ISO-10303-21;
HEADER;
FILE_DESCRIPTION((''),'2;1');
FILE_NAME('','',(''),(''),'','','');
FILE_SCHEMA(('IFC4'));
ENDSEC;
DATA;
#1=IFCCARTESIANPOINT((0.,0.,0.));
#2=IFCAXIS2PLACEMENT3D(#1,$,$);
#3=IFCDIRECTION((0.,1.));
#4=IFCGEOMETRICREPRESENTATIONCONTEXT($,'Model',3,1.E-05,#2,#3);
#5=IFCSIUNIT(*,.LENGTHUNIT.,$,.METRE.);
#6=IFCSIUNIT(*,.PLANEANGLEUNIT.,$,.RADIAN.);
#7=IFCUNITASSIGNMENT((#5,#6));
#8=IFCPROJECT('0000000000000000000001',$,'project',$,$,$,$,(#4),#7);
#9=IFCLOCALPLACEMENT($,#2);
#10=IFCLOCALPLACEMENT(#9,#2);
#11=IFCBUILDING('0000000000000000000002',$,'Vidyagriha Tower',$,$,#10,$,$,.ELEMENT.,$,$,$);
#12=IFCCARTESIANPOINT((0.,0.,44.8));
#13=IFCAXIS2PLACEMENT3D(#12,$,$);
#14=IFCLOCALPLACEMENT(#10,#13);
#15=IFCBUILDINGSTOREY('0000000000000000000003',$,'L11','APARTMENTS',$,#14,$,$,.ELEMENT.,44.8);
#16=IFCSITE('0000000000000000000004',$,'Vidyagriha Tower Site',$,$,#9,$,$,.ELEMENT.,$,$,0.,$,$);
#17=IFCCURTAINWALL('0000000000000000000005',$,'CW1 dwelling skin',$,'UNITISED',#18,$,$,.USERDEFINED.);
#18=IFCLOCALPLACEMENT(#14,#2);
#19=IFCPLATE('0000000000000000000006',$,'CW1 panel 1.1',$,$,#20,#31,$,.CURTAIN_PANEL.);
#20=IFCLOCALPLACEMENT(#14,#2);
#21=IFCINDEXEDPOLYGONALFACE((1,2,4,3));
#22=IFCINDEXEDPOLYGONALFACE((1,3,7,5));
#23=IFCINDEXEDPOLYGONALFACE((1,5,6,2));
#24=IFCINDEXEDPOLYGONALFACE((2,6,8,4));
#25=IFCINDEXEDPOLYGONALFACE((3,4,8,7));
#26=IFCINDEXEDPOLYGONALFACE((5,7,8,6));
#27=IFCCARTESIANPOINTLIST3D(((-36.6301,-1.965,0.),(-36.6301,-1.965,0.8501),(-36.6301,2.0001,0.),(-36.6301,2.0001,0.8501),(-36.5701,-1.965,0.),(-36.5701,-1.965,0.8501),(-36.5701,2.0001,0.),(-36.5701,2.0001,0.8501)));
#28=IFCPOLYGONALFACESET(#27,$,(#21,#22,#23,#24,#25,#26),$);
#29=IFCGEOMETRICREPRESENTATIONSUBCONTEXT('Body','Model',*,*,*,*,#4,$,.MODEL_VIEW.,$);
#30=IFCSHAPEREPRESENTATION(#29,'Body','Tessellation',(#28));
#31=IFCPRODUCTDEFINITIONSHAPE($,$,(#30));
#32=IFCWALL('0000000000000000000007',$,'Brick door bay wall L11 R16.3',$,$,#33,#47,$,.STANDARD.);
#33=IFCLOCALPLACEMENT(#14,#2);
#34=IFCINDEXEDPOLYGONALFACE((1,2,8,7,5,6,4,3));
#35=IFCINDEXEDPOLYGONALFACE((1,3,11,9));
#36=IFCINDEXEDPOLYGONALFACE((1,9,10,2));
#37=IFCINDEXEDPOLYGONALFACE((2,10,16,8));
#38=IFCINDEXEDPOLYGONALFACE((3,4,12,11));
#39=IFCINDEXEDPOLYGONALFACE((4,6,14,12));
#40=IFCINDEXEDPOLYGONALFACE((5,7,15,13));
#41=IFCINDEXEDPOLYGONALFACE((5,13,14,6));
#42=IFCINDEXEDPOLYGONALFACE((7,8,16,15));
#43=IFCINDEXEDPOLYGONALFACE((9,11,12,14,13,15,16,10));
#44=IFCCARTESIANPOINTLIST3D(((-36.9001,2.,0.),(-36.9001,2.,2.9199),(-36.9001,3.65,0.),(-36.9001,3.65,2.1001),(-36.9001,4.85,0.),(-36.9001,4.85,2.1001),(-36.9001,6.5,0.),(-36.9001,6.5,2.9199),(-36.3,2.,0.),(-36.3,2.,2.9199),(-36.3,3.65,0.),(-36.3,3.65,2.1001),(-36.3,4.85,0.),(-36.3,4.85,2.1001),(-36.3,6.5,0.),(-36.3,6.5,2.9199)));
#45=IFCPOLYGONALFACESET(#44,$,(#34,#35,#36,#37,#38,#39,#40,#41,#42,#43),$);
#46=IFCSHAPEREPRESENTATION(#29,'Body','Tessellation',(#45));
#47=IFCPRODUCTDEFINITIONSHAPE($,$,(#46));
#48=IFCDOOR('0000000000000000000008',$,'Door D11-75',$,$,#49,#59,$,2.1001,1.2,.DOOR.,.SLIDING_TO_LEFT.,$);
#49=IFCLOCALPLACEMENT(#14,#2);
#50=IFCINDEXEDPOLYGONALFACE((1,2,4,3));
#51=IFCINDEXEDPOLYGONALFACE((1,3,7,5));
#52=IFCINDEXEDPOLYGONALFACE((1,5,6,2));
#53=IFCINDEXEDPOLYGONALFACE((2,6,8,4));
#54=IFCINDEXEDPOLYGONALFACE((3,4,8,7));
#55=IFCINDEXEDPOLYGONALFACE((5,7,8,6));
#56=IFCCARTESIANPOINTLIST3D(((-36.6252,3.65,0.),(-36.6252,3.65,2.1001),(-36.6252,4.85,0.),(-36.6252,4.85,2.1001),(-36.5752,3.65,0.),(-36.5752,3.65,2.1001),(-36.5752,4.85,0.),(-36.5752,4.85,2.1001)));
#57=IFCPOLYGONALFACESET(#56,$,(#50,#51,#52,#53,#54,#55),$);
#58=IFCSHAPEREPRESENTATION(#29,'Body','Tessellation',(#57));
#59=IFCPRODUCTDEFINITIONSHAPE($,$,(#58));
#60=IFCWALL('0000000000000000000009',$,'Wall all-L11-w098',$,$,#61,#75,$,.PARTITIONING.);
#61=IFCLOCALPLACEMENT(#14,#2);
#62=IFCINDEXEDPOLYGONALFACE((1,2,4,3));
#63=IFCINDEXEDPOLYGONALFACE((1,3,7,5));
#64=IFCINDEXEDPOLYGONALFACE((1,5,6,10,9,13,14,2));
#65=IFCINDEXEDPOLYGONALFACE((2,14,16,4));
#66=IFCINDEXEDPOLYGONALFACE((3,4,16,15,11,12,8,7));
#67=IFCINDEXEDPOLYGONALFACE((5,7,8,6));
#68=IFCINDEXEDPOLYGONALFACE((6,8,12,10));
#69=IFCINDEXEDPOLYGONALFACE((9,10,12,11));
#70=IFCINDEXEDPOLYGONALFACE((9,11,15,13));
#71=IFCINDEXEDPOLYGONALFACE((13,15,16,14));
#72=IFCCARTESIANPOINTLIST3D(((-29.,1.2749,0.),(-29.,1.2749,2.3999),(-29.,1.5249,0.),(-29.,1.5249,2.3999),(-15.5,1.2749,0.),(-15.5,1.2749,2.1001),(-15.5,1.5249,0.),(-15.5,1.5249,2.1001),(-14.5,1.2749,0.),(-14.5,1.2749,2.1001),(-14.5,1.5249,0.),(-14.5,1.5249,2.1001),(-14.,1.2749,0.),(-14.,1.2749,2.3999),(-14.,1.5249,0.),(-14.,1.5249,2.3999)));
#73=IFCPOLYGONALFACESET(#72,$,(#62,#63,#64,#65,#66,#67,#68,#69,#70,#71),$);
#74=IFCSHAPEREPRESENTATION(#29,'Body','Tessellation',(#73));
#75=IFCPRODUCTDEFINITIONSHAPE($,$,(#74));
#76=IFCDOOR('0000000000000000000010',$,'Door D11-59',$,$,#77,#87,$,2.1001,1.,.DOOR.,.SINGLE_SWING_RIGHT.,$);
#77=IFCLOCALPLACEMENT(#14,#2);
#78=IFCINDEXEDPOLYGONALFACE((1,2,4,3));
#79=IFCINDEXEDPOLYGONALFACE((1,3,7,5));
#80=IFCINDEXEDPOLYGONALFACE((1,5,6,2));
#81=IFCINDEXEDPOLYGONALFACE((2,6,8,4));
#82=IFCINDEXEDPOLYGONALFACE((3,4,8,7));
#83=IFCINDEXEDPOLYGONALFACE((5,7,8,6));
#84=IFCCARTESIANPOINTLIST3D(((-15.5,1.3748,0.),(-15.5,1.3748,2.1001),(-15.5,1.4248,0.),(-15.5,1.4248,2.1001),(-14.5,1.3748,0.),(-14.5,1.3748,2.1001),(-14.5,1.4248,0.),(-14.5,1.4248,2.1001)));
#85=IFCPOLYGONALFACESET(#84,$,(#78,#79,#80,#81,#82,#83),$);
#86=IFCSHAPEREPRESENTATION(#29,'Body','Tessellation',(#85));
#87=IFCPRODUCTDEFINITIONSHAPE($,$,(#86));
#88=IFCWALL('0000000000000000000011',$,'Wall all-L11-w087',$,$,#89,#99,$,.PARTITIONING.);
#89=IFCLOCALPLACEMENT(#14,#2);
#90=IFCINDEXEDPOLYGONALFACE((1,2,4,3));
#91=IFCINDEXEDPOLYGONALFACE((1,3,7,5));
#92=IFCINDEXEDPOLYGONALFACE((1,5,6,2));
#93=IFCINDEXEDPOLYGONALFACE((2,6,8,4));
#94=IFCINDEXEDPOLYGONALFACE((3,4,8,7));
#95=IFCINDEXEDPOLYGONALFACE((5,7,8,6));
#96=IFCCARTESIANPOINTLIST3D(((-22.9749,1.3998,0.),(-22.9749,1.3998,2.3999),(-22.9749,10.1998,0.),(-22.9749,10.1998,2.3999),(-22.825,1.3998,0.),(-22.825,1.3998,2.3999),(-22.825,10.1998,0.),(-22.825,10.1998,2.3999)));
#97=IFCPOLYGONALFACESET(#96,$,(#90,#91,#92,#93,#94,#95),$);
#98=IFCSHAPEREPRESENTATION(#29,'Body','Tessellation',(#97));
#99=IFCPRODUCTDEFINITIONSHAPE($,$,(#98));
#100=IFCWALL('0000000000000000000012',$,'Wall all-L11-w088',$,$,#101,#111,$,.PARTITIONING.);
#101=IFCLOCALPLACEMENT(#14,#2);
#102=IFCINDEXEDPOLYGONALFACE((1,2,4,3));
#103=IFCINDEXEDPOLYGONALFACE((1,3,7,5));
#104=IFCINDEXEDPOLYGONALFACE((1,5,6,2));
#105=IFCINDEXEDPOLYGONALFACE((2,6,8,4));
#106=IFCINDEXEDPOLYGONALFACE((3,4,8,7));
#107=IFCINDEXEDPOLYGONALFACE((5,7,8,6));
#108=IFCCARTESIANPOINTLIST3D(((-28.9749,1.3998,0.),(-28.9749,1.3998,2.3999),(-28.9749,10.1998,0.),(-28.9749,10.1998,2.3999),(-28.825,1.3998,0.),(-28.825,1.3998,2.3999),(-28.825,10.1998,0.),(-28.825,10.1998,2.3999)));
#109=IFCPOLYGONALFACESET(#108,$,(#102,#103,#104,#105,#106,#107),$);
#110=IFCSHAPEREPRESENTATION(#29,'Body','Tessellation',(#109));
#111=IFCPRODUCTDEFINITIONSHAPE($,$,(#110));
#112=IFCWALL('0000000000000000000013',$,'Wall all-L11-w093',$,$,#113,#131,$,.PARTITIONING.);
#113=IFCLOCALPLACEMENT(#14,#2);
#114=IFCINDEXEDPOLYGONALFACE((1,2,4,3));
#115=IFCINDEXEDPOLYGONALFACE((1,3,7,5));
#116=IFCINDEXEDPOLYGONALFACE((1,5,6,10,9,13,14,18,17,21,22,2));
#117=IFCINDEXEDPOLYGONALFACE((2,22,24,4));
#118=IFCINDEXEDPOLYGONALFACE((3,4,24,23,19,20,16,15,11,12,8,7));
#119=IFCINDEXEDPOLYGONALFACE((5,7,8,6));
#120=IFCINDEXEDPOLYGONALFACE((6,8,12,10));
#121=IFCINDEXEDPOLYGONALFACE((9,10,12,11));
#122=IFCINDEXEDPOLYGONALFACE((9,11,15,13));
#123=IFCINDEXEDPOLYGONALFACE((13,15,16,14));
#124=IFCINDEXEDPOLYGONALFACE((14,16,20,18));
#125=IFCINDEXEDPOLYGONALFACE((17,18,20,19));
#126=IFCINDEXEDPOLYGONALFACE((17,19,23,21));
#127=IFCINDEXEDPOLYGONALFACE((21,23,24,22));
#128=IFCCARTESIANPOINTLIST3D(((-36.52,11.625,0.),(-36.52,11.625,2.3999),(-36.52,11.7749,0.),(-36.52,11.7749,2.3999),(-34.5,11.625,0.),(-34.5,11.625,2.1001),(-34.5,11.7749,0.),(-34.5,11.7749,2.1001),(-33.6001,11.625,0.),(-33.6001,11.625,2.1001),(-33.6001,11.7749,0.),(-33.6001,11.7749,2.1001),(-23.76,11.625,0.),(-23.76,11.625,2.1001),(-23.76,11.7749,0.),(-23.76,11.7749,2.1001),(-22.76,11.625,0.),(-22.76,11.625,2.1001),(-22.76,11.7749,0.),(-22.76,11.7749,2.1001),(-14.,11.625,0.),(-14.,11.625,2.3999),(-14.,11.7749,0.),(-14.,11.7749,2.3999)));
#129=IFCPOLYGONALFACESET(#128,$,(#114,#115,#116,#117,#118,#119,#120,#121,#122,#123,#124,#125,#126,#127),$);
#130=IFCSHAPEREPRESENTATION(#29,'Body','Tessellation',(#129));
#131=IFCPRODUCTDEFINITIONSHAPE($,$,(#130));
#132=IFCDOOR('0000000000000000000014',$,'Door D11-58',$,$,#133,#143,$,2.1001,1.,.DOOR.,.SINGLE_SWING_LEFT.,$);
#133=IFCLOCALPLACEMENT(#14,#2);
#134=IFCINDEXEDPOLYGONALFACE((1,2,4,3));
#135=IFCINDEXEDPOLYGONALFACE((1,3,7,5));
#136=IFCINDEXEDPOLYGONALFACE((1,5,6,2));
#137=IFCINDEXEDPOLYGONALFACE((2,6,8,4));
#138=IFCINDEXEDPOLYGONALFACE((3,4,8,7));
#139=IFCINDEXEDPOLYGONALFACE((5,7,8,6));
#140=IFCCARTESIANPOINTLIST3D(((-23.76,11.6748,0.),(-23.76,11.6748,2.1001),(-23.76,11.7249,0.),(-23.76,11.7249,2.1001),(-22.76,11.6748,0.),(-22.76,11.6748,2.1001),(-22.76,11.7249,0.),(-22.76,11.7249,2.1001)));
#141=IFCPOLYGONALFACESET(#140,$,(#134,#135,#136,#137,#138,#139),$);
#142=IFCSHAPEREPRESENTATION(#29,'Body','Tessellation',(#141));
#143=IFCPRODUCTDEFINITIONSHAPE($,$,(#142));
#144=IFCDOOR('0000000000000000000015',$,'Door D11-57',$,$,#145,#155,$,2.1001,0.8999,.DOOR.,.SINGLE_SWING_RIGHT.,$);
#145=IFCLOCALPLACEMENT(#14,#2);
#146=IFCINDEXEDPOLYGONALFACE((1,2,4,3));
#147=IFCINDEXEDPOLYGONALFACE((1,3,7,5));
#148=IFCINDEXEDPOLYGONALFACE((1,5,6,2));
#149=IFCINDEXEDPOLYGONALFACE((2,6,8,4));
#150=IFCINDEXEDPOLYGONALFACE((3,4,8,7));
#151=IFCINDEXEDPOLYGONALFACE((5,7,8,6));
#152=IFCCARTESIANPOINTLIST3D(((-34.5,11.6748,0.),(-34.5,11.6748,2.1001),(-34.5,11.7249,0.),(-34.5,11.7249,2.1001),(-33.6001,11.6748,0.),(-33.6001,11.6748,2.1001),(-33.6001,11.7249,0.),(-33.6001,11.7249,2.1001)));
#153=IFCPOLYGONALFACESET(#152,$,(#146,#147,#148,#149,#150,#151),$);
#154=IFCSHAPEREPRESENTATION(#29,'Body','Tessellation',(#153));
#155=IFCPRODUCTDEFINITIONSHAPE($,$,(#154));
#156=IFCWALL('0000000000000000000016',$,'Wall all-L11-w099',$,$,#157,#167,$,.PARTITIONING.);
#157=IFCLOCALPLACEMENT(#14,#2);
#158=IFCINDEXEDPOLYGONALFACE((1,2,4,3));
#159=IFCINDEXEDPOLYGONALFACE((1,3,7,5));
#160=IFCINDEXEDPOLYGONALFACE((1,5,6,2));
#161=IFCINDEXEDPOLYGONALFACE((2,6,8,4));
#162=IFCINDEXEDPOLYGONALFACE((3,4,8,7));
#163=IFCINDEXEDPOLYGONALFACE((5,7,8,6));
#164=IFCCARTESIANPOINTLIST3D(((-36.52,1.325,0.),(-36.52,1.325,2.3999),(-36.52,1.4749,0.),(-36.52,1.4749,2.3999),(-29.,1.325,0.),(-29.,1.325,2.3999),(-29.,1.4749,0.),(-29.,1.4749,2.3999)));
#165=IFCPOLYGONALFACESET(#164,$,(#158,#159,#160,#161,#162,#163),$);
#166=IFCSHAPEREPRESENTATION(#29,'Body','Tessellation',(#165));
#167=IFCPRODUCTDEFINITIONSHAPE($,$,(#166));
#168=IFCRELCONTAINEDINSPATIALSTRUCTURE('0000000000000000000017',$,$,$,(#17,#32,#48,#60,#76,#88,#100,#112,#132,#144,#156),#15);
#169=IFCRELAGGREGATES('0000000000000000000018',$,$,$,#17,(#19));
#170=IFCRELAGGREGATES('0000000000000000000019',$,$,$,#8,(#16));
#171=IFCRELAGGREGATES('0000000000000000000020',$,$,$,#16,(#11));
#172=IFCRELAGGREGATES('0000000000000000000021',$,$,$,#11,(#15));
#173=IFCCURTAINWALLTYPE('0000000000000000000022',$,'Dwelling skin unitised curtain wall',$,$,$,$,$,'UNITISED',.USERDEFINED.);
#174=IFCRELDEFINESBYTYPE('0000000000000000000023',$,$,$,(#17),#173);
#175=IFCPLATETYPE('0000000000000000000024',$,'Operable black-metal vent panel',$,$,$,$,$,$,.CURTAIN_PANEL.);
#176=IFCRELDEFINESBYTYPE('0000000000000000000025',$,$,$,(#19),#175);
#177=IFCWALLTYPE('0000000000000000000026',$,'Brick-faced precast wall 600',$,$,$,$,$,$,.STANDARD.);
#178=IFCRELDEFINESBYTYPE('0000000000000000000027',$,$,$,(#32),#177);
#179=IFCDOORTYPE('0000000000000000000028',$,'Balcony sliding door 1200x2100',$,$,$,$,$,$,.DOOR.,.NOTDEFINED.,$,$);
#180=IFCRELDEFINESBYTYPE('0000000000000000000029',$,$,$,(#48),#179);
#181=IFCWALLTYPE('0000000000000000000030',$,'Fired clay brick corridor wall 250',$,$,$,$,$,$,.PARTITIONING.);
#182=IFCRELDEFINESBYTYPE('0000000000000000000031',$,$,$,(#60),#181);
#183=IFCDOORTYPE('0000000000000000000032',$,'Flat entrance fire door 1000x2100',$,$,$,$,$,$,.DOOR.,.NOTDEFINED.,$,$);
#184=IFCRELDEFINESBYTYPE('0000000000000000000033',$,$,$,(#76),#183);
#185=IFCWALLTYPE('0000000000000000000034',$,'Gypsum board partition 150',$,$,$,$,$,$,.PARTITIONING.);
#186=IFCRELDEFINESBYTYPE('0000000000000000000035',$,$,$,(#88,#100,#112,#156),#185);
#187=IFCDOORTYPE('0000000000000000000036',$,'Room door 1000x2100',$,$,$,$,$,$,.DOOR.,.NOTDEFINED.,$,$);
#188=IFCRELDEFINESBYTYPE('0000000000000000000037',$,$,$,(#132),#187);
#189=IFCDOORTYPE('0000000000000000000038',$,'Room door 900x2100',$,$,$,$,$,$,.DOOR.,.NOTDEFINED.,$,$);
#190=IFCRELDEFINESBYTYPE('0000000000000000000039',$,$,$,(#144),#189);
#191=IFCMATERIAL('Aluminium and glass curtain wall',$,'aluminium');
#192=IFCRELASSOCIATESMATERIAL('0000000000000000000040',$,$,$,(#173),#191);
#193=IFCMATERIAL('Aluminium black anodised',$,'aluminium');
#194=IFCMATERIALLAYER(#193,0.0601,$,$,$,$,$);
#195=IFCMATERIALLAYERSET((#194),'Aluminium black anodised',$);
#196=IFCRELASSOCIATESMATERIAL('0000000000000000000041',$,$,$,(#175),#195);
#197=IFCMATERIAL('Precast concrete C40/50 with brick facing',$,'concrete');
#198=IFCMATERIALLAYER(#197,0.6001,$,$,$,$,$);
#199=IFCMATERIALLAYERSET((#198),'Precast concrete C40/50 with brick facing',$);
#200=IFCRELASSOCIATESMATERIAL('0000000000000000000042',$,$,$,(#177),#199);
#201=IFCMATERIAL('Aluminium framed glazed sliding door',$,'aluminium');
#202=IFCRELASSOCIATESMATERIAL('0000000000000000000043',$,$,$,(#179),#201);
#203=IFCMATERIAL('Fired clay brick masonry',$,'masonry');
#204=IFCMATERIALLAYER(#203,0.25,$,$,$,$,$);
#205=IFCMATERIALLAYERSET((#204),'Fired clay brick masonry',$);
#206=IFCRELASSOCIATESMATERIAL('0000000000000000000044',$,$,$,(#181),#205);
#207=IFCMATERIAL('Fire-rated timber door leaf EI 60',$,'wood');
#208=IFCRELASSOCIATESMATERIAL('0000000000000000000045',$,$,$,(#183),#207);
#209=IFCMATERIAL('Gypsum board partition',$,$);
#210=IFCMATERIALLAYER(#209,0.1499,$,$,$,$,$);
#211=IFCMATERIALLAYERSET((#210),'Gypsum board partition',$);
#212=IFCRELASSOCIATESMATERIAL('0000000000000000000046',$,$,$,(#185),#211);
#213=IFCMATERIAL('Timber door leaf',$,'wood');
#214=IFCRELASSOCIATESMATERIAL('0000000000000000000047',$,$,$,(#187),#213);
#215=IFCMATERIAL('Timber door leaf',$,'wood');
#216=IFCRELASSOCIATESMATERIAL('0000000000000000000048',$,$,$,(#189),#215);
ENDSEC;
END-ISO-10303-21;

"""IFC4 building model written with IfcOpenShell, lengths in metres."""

from ifc_helpers import new_model, si_unit, direction, frame, frame_2d, origin, origin_2d, place, context, subcontext, project, spatial, rectangle, extrude, material, layer, layer_set, type_object, element, fill, aggregate, save


model = new_model("IFC4")

# Units and contexts
model_context = context("Model", 3, precision=1e-05, world=origin(), true_north=direction((0.0, 1.0)))
body_context = subcontext(model_context, "Body", "Model", "MODEL_VIEW")
ifc_project = project(units=[si_unit("LENGTHUNIT", "METRE"), si_unit("PLANEANGLEUNIT", "RADIAN")], contexts=[model_context])

# Site, building, storey
site_placement = place(None, origin())
site = spatial("IfcSite", under=ifc_project, at=site_placement, Name="Vidyagriha Tower Site", CompositionType="ELEMENT", RefElevation=0.0)
building_placement = place(site_placement, origin())
building = spatial("IfcBuilding", under=site, at=building_placement, Name="Vidyagriha Tower", CompositionType="ELEMENT")
storey_placement = place(building_placement, frame((0.0, 0.0, 44.8)))
storey = spatial("IfcBuildingStorey", under=building, at=storey_placement, Name="L11", Description="APARTMENTS", CompositionType="ELEMENT", Elevation=44.8)

# Shared definitions
ifc_material_1 = material(Name="Aluminium and glass curtain wall", Category="aluminium")
curtain_wall_type = type_object("IfcCurtainWallType", Name="Dwelling skin unitised curtain wall", ElementType="UNITISED", PredefinedType="USERDEFINED", material=ifc_material_1)

# Curtain wall
curtain_wall_1_placement = place(storey_placement, origin())
curtain_wall_1 = element("IfcCurtainWall", 1, at=curtain_wall_1_placement, inside=storey, type_object=curtain_wall_type, Name="CW1 dwelling skin", ObjectType="UNITISED", PredefinedType="USERDEFINED")

# Plate
ifc_material_2 = material(Name="Aluminium black anodised", Category="aluminium")
ifc_layer_1 = layer(ifc_material_2, 0.0601)
ifc_layer_set_1 = layer_set([ifc_layer_1], Name="Aluminium black anodised")
plate_type_1 = type_object("IfcPlateType", Name="Operable black-metal vent panel", PredefinedType="CURTAIN_PANEL", material=ifc_layer_set_1)
plate_1_placement = place(storey_placement, frame((-36.6001, 0.0176, 0.0), z_axis=(0.0, 0.0, 1.0), x_axis=(0.0, -1.0, 0.0)))
plate_1 = element("IfcPlate", 2, at=plate_1_placement, type_object=plate_type_1, Name="CW1 panel 1.1", PredefinedType="CURTAIN_PANEL", context=body_context, shape_type="SweptSolid", body=[
    extrude(rectangle(XDim=3.9651, YDim=0.0601, at=origin_2d()), origin(), (0.0, 0.0, 1.0), 0.8501),
])
aggregate(curtain_wall_1, [plate_1])

# Walls, openings, doors
ifc_material_3 = material(Name="Precast concrete C40/50 with brick facing", Category="concrete")
ifc_layer_2 = layer(ifc_material_3, 0.6001)
ifc_layer_set_2 = layer_set([ifc_layer_2], Name="Precast concrete C40/50 with brick facing")
wall_type_1 = type_object("IfcWallType", Name="Brick-faced precast wall 600", PredefinedType="STANDARD", material=ifc_layer_set_2)
wall_1_placement = place(storey_placement, frame((-36.6001, 6.5, 0.0), z_axis=(0.0, 0.0, 1.0), x_axis=(0.0, -1.0, 0.0)))
wall_1 = element("IfcWall", 3, at=wall_1_placement, inside=storey, type_object=wall_type_1, Name="Brick door bay wall L11 R16.3", PredefinedType="STANDARD", context=body_context, shape_type="SweptSolid", body=[
    extrude(rectangle(XDim=4.5, YDim=0.6001, at=frame_2d((2.25, 0.0))), origin(), (0.0, 0.0, 1.0), 2.9199),
])
opening_1_placement = place(wall_1_placement, frame((1.6499, 0.0, 0.0)))
opening_1 = element("IfcOpeningElement", 4, at=opening_1_placement, cuts=wall_1, PredefinedType="OPENING", context=body_context, shape_type="SweptSolid", body=[
    extrude(rectangle(XDim=1.2, YDim=2.1001, at=frame_2d((0.6001, 1.05))), frame((0.0, 0.3101, 0.0), z_axis=(0.0, -1.0, 0.0), x_axis=(1.0, 0.0, 0.0)), (0.0, 0.0, 1.0), 0.6201),
])
ifc_material_4 = material(Name="Aluminium framed glazed sliding door", Category="aluminium")
door_type_1 = type_object("IfcDoorType", Name="Balcony sliding door 1200x2100", OperationType="NOTDEFINED", PredefinedType="DOOR", material=ifc_material_4)
door_1_placement = place(opening_1_placement, origin())
door_1 = element("IfcDoor", 5, at=door_1_placement, inside=storey, type_object=door_type_1, Name="Door D11-75", OperationType="SLIDING_TO_LEFT", OverallHeight=2.1001, OverallWidth=1.2, PredefinedType="DOOR", context=body_context, shape_type="SweptSolid", body=[
    extrude(rectangle(XDim=1.2, YDim=2.1001, at=frame_2d((0.6001, 1.05))), frame((0.0, 0.0249, 0.0), z_axis=(0.0, -1.0, 0.0), x_axis=(1.0, 0.0, 0.0)), (0.0, 0.0, 1.0), 0.05),
])
fill(opening_1, door_1)
ifc_material_5 = material(Name="Fired clay brick masonry", Category="masonry")
ifc_layer_3 = layer(ifc_material_5, 0.25)
ifc_layer_set_3 = layer_set([ifc_layer_3], Name="Fired clay brick masonry")
wall_type_2 = type_object("IfcWallType", Name="Fired clay brick corridor wall 250", PredefinedType="PARTITIONING", material=ifc_layer_set_3)
wall_2_placement = place(storey_placement, frame((-29.0, 1.3999, 0.0)))
wall_2 = element("IfcWall", 6, at=wall_2_placement, inside=storey, type_object=wall_type_2, Name="Wall all-L11-w098", PredefinedType="PARTITIONING", context=body_context, shape_type="SweptSolid", body=[
    extrude(rectangle(XDim=15.0, YDim=0.25, at=frame_2d((7.5, 0.0))), origin(), (0.0, 0.0, 1.0), 2.3999),
])
opening_2_placement = place(wall_2_placement, frame((13.5, 0.0, 0.0)))
opening_2 = element("IfcOpeningElement", 7, at=opening_2_placement, cuts=wall_2, PredefinedType="OPENING", context=body_context, shape_type="SweptSolid", body=[
    extrude(rectangle(XDim=1.0, YDim=2.1001, at=frame_2d((0.5, 1.05))), frame((0.0, 0.135, 0.0), z_axis=(0.0, -1.0, 0.0), x_axis=(1.0, 0.0, 0.0)), (0.0, 0.0, 1.0), 0.27),
])
ifc_material_6 = material(Name="Fire-rated timber door leaf EI 60", Category="wood")
door_type_2 = type_object("IfcDoorType", Name="Flat entrance fire door 1000x2100", OperationType="NOTDEFINED", PredefinedType="DOOR", material=ifc_material_6)
door_2_placement = place(opening_2_placement, origin())
door_2 = element("IfcDoor", 8, at=door_2_placement, inside=storey, type_object=door_type_2, Name="Door D11-59", OperationType="SINGLE_SWING_RIGHT", OverallHeight=2.1001, OverallWidth=1.0, PredefinedType="DOOR", context=body_context, shape_type="SweptSolid", body=[
    extrude(rectangle(XDim=1.0, YDim=2.1001, at=frame_2d((0.5, 1.05))), frame((0.0, 0.0249, 0.0), z_axis=(0.0, -1.0, 0.0), x_axis=(1.0, 0.0, 0.0)), (0.0, 0.0, 1.0), 0.05),
])
fill(opening_2, door_2)

# Walls
ifc_material_7 = material(Name="Gypsum board partition")
ifc_layer_4 = layer(ifc_material_7, 0.1499)
ifc_layer_set_4 = layer_set([ifc_layer_4], Name="Gypsum board partition")
wall_type_3 = type_object("IfcWallType", Name="Gypsum board partition 150", PredefinedType="PARTITIONING", material=ifc_layer_set_4)
for number, where, z_axis, x_axis, name in (
    (9, (-22.8999, 1.3999, 0.0), (0.0, 0.0, 1.0), (0.0, 1.0, 0.0), "Wall all-L11-w087"),
    (10, (-28.8999, 1.3999, 0.0), (0.0, 0.0, 1.0), (0.0, 1.0, 0.0), "Wall all-L11-w088"),
):
    element("IfcWall", number, at=place(storey_placement, frame(where, z_axis=z_axis, x_axis=x_axis)), inside=storey, type_object=wall_type_3, Name=name, PredefinedType="PARTITIONING", context=body_context, shape_type="SweptSolid", body=[
        extrude(rectangle(XDim=8.8, YDim=0.1499, at=frame_2d((4.3999, 0.0))), origin(), (0.0, 0.0, 1.0), 2.3999),
    ])

# Wall, openings, doors
wall_3_placement = place(storey_placement, frame((-36.52, 11.7, 0.0)))
wall_3 = element("IfcWall", 11, at=wall_3_placement, inside=storey, type_object=wall_type_3, Name="Wall all-L11-w093", PredefinedType="PARTITIONING", context=body_context, shape_type="SweptSolid", body=[
    extrude(rectangle(XDim=22.52, YDim=0.1499, at=frame_2d((11.26, 0.0))), origin(), (0.0, 0.0, 1.0), 2.3999),
])
opening_3_placement = place(wall_3_placement, frame((2.02, 0.0, 0.0)))
opening_3 = element("IfcOpeningElement", 12, at=opening_3_placement, cuts=wall_3, PredefinedType="OPENING", context=body_context, shape_type="SweptSolid", body=[
    extrude(rectangle(XDim=0.8999, YDim=2.1001, at=frame_2d((0.45, 1.05))), frame((0.0, 0.085, 0.0), z_axis=(0.0, -1.0, 0.0), x_axis=(1.0, 0.0, 0.0)), (0.0, 0.0, 1.0), 0.1699),
])
opening_4_placement = place(wall_3_placement, frame((12.76, 0.0, 0.0)))
opening_4 = element("IfcOpeningElement", 13, at=opening_4_placement, cuts=wall_3, PredefinedType="OPENING", context=body_context, shape_type="SweptSolid", body=[
    extrude(rectangle(XDim=1.0, YDim=2.1001, at=frame_2d((0.5, 1.05))), frame((0.0, 0.085, 0.0), z_axis=(0.0, -1.0, 0.0), x_axis=(1.0, 0.0, 0.0)), (0.0, 0.0, 1.0), 0.1699),
])
ifc_material_8 = material(Name="Timber door leaf", Category="wood")
door_type_3 = type_object("IfcDoorType", Name="Room door 1000x2100", OperationType="NOTDEFINED", PredefinedType="DOOR", material=ifc_material_8)
door_3_placement = place(opening_4_placement, origin())
door_3 = element("IfcDoor", 14, at=door_3_placement, inside=storey, type_object=door_type_3, Name="Door D11-58", OperationType="SINGLE_SWING_LEFT", OverallHeight=2.1001, OverallWidth=1.0, PredefinedType="DOOR", context=body_context, shape_type="SweptSolid", body=[
    extrude(rectangle(XDim=1.0, YDim=2.1001, at=frame_2d((0.5, 1.05))), frame((0.0, 0.0249, 0.0), z_axis=(0.0, -1.0, 0.0), x_axis=(1.0, 0.0, 0.0)), (0.0, 0.0, 1.0), 0.05),
])
fill(opening_4, door_3)
ifc_material_9 = material(Name="Timber door leaf", Category="wood")
door_type_4 = type_object("IfcDoorType", Name="Room door 900x2100", OperationType="NOTDEFINED", PredefinedType="DOOR", material=ifc_material_9)
door_4_placement = place(opening_3_placement, origin())
door_4 = element("IfcDoor", 15, at=door_4_placement, inside=storey, type_object=door_type_4, Name="Door D11-57", OperationType="SINGLE_SWING_RIGHT", OverallHeight=2.1001, OverallWidth=0.8999, PredefinedType="DOOR", context=body_context, shape_type="SweptSolid", body=[
    extrude(rectangle(XDim=0.8999, YDim=2.1001, at=frame_2d((0.45, 1.05))), frame((0.0, 0.0249, 0.0), z_axis=(0.0, -1.0, 0.0), x_axis=(1.0, 0.0, 0.0)), (0.0, 0.0, 1.0), 0.05),
])
fill(opening_3, door_4)

# Wall
wall_4_placement = place(storey_placement, frame((-36.52, 1.3999, 0.0)))
element("IfcWall", 16, at=wall_4_placement, inside=storey, type_object=wall_type_3, Name="Wall all-L11-w099", PredefinedType="PARTITIONING", context=body_context, shape_type="SweptSolid", body=[
    extrude(rectangle(XDim=7.52, YDim=0.1499, at=frame_2d((3.76, 0.0))), origin(), (0.0, 0.0, 1.0), 2.3999),
])

save(model, "model.ifc")
